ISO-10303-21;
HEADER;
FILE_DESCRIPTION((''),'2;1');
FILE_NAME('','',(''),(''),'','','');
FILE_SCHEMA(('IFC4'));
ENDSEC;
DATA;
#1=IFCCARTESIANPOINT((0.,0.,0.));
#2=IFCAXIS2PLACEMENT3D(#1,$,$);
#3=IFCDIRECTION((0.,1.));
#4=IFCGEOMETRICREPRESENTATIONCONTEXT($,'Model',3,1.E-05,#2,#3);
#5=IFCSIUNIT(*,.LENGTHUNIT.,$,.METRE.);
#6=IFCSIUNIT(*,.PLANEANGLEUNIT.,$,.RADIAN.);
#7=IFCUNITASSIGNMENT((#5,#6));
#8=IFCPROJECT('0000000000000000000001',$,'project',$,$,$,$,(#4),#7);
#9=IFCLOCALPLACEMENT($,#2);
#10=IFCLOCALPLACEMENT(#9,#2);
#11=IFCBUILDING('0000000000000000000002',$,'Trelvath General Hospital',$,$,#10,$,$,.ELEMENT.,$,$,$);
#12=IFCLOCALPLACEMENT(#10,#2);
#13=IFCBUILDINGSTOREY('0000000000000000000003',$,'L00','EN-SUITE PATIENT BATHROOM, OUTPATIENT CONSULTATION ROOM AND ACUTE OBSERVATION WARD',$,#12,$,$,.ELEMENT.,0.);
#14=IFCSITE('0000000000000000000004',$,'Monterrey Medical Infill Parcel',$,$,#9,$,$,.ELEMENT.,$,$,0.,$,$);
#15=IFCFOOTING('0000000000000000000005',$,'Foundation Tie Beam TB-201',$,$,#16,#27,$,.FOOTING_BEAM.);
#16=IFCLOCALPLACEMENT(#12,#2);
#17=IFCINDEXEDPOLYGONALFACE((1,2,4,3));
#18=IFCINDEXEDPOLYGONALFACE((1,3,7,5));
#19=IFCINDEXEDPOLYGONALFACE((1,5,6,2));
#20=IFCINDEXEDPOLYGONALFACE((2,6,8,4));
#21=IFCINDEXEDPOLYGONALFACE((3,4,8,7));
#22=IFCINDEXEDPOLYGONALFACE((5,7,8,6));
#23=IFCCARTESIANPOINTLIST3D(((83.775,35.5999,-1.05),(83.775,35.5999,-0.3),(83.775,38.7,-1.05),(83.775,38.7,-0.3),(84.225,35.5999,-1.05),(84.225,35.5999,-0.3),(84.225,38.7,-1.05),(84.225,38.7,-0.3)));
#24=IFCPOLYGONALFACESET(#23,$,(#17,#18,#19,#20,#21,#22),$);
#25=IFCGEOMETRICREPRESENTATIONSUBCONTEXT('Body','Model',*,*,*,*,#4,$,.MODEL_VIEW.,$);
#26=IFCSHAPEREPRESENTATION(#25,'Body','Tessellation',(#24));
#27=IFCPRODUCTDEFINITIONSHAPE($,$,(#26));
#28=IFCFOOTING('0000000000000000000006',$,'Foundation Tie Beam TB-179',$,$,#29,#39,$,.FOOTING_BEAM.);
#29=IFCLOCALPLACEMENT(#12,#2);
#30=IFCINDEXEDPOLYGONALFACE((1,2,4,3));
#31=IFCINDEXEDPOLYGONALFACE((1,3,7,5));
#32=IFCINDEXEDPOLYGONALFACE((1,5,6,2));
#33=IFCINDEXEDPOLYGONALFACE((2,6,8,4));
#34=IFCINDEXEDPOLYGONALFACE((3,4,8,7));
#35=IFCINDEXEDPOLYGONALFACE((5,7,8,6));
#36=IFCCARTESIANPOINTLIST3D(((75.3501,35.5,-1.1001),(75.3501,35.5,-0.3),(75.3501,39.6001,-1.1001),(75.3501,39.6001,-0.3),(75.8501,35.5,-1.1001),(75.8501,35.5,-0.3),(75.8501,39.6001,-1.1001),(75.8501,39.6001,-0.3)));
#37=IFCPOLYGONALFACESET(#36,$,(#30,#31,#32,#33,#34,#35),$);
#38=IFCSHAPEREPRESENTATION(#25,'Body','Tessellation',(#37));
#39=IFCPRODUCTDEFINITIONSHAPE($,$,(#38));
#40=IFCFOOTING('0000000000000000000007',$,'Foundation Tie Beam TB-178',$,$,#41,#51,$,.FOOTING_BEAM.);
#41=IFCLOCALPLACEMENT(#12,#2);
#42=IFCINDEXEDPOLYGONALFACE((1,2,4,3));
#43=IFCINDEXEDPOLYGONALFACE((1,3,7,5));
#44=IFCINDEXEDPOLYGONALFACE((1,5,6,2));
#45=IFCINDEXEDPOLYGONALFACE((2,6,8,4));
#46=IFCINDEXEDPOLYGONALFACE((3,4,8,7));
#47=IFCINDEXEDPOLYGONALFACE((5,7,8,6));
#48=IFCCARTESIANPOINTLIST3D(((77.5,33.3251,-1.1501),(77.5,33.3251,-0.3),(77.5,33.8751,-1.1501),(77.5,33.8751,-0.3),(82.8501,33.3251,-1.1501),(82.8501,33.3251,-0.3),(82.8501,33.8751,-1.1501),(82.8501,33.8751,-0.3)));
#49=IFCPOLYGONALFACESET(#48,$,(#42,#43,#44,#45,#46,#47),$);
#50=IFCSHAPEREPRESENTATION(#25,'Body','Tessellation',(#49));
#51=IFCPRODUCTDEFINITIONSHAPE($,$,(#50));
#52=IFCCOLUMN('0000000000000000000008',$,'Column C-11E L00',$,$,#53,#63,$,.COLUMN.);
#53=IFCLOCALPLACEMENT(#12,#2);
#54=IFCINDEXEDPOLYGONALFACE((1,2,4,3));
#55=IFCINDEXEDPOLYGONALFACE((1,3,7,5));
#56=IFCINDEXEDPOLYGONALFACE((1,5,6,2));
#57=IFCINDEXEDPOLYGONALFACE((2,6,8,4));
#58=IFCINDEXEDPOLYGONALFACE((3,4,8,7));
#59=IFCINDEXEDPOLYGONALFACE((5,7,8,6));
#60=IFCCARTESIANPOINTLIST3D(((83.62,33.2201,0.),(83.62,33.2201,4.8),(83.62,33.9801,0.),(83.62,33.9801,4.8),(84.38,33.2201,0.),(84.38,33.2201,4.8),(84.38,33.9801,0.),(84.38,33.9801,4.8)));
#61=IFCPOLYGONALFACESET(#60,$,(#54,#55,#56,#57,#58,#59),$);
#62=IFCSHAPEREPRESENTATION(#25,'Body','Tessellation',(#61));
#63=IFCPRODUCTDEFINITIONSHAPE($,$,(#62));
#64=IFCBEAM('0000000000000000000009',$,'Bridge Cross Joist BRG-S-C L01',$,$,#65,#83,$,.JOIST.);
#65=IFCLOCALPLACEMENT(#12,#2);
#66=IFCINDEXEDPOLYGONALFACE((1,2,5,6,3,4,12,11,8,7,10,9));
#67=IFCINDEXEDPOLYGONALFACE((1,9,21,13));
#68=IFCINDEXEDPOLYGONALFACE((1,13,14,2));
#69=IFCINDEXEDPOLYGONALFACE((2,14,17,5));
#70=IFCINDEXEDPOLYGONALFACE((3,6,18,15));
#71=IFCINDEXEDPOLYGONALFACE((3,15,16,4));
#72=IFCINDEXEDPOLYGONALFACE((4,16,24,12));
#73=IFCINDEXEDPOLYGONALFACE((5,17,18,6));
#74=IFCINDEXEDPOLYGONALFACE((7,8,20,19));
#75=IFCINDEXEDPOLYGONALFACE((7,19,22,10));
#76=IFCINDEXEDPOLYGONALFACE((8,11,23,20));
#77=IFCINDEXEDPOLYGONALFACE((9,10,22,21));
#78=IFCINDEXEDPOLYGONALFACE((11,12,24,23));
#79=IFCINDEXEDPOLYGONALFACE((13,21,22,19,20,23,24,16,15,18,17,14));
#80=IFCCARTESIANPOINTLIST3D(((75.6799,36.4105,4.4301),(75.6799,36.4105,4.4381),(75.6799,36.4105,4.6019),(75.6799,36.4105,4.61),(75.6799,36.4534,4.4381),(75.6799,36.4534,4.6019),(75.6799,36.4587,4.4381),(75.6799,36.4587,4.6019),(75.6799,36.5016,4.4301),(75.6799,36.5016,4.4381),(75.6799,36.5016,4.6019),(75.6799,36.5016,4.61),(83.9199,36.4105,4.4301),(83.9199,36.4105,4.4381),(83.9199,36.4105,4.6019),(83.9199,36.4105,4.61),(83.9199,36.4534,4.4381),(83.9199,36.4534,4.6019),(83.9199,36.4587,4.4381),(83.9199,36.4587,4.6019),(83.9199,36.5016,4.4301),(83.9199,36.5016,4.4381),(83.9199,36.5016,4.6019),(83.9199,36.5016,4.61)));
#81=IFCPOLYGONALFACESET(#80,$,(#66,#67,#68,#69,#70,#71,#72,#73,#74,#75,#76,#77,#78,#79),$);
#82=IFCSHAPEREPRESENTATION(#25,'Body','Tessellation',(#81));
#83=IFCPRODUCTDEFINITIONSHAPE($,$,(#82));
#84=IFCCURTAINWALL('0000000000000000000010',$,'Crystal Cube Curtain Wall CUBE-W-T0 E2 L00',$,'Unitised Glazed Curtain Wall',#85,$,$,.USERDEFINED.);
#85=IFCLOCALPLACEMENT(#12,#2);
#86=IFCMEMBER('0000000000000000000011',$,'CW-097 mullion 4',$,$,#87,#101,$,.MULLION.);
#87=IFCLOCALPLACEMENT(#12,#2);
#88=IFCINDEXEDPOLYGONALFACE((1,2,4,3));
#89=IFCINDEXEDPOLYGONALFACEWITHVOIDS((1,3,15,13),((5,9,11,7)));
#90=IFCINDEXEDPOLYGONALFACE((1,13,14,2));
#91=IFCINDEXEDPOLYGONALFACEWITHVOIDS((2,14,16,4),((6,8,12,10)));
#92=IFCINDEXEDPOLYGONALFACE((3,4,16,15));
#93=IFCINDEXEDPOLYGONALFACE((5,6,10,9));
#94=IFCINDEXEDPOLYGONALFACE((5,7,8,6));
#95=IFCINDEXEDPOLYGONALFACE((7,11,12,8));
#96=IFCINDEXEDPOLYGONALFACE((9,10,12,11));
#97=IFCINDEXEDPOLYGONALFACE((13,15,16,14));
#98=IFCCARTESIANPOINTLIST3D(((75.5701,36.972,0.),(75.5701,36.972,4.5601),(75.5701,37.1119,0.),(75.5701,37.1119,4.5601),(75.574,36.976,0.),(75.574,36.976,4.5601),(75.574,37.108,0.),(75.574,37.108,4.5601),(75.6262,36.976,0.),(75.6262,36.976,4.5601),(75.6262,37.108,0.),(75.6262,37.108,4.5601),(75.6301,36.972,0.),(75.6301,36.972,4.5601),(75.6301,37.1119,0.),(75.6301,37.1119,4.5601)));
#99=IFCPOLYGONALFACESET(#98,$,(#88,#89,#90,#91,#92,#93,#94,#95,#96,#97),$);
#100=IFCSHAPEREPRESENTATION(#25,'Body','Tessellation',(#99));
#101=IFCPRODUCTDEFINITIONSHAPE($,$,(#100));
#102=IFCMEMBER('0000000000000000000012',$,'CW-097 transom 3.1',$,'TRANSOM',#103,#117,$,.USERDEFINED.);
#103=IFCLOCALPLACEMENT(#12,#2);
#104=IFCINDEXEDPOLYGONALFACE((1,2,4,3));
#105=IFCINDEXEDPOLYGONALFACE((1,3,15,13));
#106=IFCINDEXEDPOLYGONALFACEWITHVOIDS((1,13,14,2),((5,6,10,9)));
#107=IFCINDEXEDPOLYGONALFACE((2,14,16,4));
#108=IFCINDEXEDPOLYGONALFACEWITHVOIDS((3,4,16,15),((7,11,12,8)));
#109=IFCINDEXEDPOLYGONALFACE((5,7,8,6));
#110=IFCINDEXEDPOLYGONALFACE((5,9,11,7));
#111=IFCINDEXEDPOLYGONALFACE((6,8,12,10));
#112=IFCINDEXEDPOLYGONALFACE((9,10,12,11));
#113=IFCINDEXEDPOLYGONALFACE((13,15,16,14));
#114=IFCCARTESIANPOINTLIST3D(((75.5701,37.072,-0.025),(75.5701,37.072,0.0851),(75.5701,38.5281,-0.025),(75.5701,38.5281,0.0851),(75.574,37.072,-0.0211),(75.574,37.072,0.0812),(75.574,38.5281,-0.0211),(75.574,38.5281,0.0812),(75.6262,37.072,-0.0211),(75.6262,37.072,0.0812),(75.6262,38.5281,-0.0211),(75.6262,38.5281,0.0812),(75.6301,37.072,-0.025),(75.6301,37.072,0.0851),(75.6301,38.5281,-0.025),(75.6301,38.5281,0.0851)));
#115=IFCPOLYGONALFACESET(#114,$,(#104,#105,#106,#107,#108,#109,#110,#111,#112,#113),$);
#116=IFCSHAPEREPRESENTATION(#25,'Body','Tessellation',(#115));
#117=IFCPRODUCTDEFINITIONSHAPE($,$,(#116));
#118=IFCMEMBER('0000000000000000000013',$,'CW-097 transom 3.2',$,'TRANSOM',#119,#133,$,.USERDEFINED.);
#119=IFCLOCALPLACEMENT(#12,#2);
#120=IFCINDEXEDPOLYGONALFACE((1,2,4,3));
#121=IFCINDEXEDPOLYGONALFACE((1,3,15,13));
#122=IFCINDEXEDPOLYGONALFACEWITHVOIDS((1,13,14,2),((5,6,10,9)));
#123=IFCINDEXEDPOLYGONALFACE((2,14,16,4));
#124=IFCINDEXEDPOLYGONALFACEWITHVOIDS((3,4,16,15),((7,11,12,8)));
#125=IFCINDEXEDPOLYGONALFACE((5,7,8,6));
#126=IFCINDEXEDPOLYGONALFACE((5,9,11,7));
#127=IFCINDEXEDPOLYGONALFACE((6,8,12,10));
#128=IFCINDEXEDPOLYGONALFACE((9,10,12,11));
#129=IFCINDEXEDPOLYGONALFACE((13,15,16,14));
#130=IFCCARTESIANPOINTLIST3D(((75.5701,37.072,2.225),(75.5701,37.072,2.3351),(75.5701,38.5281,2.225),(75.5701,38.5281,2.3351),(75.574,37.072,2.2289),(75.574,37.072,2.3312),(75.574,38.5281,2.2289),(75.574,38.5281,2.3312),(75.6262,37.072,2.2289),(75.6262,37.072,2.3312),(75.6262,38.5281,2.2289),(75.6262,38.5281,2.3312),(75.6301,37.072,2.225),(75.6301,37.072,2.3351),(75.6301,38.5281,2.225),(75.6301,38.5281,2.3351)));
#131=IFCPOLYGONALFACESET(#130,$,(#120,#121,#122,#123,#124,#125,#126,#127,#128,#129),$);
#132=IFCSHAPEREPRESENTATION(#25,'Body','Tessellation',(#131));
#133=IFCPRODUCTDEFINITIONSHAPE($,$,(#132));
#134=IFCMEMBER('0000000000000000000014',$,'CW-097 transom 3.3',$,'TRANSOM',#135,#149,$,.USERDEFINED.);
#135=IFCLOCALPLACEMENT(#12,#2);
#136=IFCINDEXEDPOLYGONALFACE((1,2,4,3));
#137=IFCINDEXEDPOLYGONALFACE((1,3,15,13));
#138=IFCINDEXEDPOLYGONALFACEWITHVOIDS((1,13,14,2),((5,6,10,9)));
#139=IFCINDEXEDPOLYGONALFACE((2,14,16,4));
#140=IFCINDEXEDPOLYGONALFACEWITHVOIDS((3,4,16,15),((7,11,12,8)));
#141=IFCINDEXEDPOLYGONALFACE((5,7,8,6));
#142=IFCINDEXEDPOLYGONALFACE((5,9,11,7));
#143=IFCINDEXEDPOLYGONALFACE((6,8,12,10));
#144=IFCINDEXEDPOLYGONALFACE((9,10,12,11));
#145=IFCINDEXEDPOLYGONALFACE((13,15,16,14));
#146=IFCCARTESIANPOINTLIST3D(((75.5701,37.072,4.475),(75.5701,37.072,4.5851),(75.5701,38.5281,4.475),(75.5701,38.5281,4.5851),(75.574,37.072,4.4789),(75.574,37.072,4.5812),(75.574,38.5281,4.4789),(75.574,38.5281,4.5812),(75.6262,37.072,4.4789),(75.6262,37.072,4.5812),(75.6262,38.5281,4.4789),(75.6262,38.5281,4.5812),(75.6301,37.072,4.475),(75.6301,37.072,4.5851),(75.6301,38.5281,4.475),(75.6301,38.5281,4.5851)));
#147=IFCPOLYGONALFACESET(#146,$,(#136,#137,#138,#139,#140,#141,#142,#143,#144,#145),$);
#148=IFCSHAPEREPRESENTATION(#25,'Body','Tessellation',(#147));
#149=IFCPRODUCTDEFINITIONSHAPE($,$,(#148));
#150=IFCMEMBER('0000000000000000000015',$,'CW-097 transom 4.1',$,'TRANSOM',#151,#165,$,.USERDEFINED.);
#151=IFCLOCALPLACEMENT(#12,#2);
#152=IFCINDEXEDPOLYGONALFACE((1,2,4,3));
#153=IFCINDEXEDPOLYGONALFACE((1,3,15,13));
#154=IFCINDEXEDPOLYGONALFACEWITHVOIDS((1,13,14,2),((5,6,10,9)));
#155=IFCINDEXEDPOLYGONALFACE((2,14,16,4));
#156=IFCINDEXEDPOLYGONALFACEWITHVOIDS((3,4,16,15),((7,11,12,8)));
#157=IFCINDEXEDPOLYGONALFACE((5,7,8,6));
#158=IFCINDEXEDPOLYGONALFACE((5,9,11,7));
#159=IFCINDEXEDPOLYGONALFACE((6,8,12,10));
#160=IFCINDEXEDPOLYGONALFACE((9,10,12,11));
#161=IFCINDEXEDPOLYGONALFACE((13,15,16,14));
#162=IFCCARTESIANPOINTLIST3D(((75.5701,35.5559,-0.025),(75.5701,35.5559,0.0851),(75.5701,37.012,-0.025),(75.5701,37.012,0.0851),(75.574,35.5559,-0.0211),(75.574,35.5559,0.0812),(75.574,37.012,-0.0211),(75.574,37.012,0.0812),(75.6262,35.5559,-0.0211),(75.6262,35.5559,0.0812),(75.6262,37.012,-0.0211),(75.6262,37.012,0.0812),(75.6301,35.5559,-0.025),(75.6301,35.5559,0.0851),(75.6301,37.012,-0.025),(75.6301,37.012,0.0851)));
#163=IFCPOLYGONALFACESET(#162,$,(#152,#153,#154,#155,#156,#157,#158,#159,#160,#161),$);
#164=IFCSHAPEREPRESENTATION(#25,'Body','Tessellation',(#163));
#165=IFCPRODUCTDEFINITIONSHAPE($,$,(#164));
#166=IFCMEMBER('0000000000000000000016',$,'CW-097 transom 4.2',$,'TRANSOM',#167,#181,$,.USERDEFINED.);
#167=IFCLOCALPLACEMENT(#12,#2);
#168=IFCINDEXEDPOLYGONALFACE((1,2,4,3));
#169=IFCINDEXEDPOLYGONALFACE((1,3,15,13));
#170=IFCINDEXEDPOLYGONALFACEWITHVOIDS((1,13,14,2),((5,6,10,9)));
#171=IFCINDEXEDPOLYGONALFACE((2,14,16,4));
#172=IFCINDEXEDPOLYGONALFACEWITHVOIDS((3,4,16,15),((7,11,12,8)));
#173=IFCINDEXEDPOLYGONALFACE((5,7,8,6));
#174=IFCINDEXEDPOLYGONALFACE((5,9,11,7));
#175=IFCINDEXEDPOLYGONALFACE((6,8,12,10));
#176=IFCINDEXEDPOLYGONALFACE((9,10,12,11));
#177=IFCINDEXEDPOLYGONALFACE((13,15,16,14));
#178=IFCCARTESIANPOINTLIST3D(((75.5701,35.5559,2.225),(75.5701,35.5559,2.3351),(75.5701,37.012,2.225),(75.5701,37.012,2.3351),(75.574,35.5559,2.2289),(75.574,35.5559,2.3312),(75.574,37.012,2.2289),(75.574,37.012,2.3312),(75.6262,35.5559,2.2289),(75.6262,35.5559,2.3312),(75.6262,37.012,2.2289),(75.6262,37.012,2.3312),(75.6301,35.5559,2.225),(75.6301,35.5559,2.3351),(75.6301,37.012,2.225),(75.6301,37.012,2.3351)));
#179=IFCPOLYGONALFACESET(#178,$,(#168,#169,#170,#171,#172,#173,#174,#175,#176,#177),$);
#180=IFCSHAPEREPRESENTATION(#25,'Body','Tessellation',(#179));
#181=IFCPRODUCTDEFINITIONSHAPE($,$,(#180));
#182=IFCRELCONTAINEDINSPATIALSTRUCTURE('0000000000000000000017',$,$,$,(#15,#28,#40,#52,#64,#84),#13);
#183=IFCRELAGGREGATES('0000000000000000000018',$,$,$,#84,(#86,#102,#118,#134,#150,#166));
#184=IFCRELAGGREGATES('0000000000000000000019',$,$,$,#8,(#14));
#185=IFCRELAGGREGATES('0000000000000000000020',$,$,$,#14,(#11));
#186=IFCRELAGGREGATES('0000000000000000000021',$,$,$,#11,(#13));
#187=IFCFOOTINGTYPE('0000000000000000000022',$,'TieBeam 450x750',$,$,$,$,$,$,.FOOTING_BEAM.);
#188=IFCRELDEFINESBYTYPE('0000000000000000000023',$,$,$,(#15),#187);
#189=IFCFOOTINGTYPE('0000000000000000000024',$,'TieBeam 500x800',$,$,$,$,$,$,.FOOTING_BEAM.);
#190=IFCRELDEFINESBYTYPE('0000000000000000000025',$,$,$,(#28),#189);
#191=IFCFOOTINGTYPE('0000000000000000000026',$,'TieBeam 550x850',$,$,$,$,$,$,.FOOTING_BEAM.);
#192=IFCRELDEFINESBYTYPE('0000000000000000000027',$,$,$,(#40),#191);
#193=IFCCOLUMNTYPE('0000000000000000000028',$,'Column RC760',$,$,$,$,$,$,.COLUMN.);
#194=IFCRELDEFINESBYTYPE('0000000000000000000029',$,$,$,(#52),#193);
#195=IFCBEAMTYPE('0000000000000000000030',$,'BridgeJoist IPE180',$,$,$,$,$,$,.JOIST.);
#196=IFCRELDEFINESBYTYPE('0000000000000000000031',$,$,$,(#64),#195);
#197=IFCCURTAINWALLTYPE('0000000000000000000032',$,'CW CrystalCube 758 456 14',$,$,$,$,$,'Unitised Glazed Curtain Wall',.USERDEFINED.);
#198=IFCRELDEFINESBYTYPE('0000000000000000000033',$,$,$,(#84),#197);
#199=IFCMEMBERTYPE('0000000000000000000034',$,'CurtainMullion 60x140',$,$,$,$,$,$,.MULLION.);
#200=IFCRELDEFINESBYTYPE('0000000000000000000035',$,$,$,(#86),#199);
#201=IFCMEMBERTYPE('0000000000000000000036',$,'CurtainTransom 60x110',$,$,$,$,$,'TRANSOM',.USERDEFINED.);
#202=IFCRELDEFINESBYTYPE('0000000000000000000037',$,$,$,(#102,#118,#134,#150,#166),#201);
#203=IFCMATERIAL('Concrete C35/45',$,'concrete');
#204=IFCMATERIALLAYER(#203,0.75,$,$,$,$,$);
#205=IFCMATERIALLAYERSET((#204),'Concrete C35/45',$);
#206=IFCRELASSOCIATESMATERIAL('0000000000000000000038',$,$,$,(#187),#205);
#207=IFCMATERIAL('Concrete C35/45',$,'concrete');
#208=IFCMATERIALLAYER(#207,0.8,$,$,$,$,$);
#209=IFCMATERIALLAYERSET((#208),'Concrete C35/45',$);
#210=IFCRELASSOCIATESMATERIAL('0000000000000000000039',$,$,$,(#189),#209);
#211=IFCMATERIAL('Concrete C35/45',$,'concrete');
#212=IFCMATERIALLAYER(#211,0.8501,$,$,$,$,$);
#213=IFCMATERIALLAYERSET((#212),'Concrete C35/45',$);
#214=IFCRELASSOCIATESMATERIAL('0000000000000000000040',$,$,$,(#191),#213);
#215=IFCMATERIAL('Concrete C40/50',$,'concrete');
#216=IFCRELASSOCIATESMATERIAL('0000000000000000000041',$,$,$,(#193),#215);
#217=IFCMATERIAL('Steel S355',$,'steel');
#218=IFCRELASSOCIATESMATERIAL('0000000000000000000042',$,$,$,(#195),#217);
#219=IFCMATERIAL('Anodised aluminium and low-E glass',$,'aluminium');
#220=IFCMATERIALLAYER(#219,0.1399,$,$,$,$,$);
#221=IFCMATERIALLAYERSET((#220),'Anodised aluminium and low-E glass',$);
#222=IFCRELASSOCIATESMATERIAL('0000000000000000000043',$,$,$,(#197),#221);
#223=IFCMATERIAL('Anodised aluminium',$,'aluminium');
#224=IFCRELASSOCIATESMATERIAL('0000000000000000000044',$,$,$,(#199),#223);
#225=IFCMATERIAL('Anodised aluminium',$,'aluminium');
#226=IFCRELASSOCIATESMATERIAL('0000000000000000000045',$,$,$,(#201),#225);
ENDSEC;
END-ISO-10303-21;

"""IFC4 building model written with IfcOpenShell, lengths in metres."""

from ifc_helpers import new_model, si_unit, direction, frame, origin, origin_2d, place, context, subcontext, project, spatial, rectangle, hollow_rectangle, i_section, extrude, material, layer, layer_set, material_profile, profile_set, type_object, element, aggregate, save


model = new_model("IFC4")

# Units and contexts
model_context = context("Model", 3, precision=1e-05, world=origin(), true_north=direction((0.0, 1.0)))
body_context = subcontext(model_context, "Body", "Model", "MODEL_VIEW")
ifc_project = project(units=[si_unit("LENGTHUNIT", "METRE"), si_unit("PLANEANGLEUNIT", "RADIAN")], contexts=[model_context])

# Site, building, storey
site_placement = place(None, origin())
site = spatial("IfcSite", under=ifc_project, at=site_placement, Name="Monterrey Medical Infill Parcel", CompositionType="ELEMENT", RefElevation=0.0)
building_placement = place(site_placement, origin())
building = spatial("IfcBuilding", under=site, at=building_placement, Name="Trelvath General Hospital", CompositionType="ELEMENT")
storey_placement = place(building_placement, origin())
storey = spatial("IfcBuildingStorey", under=building, at=storey_placement, Name="L00", Description="EN-SUITE PATIENT BATHROOM, OUTPATIENT CONSULTATION ROOM AND ACUTE OBSERVATION WARD", CompositionType="ELEMENT", Elevation=0.0)

# Footings
ifc_material_1 = material(Name="Concrete C35/45", Category="concrete")
ifc_layer_1 = layer(ifc_material_1, 0.75)
ifc_layer_set_1 = layer_set([ifc_layer_1], Name="Concrete C35/45")
footing_type_1 = type_object("IfcFootingType", Name="TieBeam 450x750", PredefinedType="FOOTING_BEAM", material=ifc_layer_set_1)
footing_1_placement = place(storey_placement, frame((84.0, 37.1499, -1.05), z_axis=(0.0, 0.0, 1.0), x_axis=(1.0, 0.0, 0.0)))
element("IfcFooting", 1, at=footing_1_placement, inside=storey, type_object=footing_type_1, Name="Foundation Tie Beam TB-201", PredefinedType="FOOTING_BEAM", context=body_context, shape_type="SweptSolid", body=[
    extrude(rectangle(XDim=0.45, YDim=3.1001, at=origin_2d()), origin(), (0.0, 0.0, 1.0), 0.75),
])
ifc_material_2 = material(Name="Concrete C35/45", Category="concrete")
ifc_layer_2 = layer(ifc_material_2, 0.8)
ifc_layer_set_2 = layer_set([ifc_layer_2], Name="Concrete C35/45")
footing_type_2 = type_object("IfcFootingType", Name="TieBeam 500x800", PredefinedType="FOOTING_BEAM", material=ifc_layer_set_2)
footing_2_placement = place(storey_placement, frame((75.6001, 37.55, -1.1001), z_axis=(0.0, 0.0, 1.0), x_axis=(1.0, 0.0, 0.0)))
element("IfcFooting", 2, at=footing_2_placement, inside=storey, type_object=footing_type_2, Name="Foundation Tie Beam TB-179", PredefinedType="FOOTING_BEAM", context=body_context, shape_type="SweptSolid", body=[
    extrude(rectangle(XDim=0.5, YDim=4.1001, at=origin_2d()), origin(), (0.0, 0.0, 1.0), 0.8),
])
ifc_material_3 = material(Name="Concrete C35/45", Category="concrete")
ifc_layer_3 = layer(ifc_material_3, 0.8501)
ifc_layer_set_3 = layer_set([ifc_layer_3], Name="Concrete C35/45")
footing_type_3 = type_object("IfcFootingType", Name="TieBeam 550x850", PredefinedType="FOOTING_BEAM", material=ifc_layer_set_3)
footing_3_placement = place(storey_placement, frame((80.175, 33.6001, -1.1501), z_axis=(0.0, 0.0, 1.0), x_axis=(1.0, 0.0, 0.0)))
element("IfcFooting", 3, at=footing_3_placement, inside=storey, type_object=footing_type_3, Name="Foundation Tie Beam TB-178", PredefinedType="FOOTING_BEAM", context=body_context, shape_type="SweptSolid", body=[
    extrude(rectangle(XDim=5.3501, YDim=0.55, at=origin_2d()), origin(), (0.0, 0.0, 1.0), 0.8501),
])

# Column
ifc_material_4 = material(Name="Concrete C40/50", Category="concrete")
ifc_material_profile_1 = material_profile(ifc_material_4, rectangle(XDim=0.76, YDim=0.76, at=origin_2d()), Name="RC760x760")
ifc_profile_set_1 = profile_set([ifc_material_profile_1], Name="Concrete C40/50")
column_type = type_object("IfcColumnType", Name="Column RC760", PredefinedType="COLUMN", material=ifc_profile_set_1)
column_placement = place(storey_placement, frame((84.0, 33.6001, 0.0), z_axis=(0.0, 0.0, 1.0), x_axis=(1.0, 0.0, 0.0)))
element("IfcColumn", 4, at=column_placement, inside=storey, type_object=column_type, Name="Column C-11E L00", PredefinedType="COLUMN", context=body_context, shape_type="SweptSolid", body=[
    extrude(rectangle(XDim=0.76, YDim=0.76, at=origin_2d()), origin(), (0.0, 0.0, 1.0), 4.8),
])

# Beam
ifc_material_5 = material(Name="Steel S355", Category="steel")
ifc_material_profile_2 = material_profile(ifc_material_5, i_section(OverallWidth=0.0911, OverallDepth=0.1799, WebThickness=0.0054, FlangeThickness=0.0081, at=origin_2d()), Name="IPE180")
ifc_profile_set_2 = profile_set([ifc_material_profile_2], Name="Steel S355")
beam_type = type_object("IfcBeamType", Name="BridgeJoist IPE180", PredefinedType="JOIST", material=ifc_profile_set_2)
beam_placement = place(storey_placement, frame((75.6799, 36.4561, 4.52), z_axis=(1.0, 0.0, 0.0), x_axis=(0.0, 1.0, 0.0)))
element("IfcBeam", 5, at=beam_placement, inside=storey, type_object=beam_type, Name="Bridge Cross Joist BRG-S-C L01", PredefinedType="JOIST", context=body_context, shape_type="SweptSolid", body=[
    extrude(i_section(OverallWidth=0.0911, OverallDepth=0.1799, WebThickness=0.0054, FlangeThickness=0.0081, at=origin_2d()), origin(), (0.0, 0.0, 1.0), 8.24),
])

# Curtain wall, members
ifc_material_6 = material(Name="Anodised aluminium and low-E glass", Category="aluminium")
ifc_layer_4 = layer(ifc_material_6, 0.1399)
ifc_layer_set_4 = layer_set([ifc_layer_4], Name="Anodised aluminium and low-E glass")
curtain_wall_type = type_object("IfcCurtainWallType", Name="CW CrystalCube 758 456 14", ElementType="Unitised Glazed Curtain Wall", PredefinedType="USERDEFINED", material=ifc_layer_set_4)
curtain_wall_placement = place(storey_placement, origin())
curtain_wall = element("IfcCurtainWall", 6, at=curtain_wall_placement, inside=storey, type_object=curtain_wall_type, Name="Crystal Cube Curtain Wall CUBE-W-T0 E2 L00", ObjectType="Unitised Glazed Curtain Wall", PredefinedType="USERDEFINED")
ifc_material_7 = material(Name="Anodised aluminium", Category="aluminium")
ifc_material_profile_3 = material_profile(ifc_material_7, hollow_rectangle(XDim=0.0601, YDim=0.1399, WallThickness=0.0039, at=origin_2d()), Name="RHS60x140x4")
ifc_profile_set_3 = profile_set([ifc_material_profile_3], Name="Anodised aluminium")
member_type_1 = type_object("IfcMemberType", Name="CurtainMullion 60x140", PredefinedType="MULLION", material=ifc_profile_set_3)
member_1_placement = place(storey_placement, frame((75.6001, 37.042, 0.0), z_axis=(0.0, 0.0, 1.0), x_axis=(1.0, 0.0, 0.0)))
member_1 = element("IfcMember", 7, at=member_1_placement, type_object=member_type_1, Name="CW-097 mullion 4", PredefinedType="MULLION", context=body_context, shape_type="SweptSolid", body=[
    extrude(hollow_rectangle(XDim=0.0601, YDim=0.1399, WallThickness=0.0039, at=origin_2d()), origin(), (0.0, 0.0, 1.0), 4.5601),
])
ifc_material_8 = material(Name="Anodised aluminium", Category="aluminium")
ifc_material_profile_4 = material_profile(ifc_material_8, hollow_rectangle(XDim=0.0601, YDim=0.1101, WallThickness=0.0039, at=origin_2d()), Name="RHS60x110x4")
ifc_profile_set_4 = profile_set([ifc_material_profile_4], Name="Anodised aluminium")
member_type_2 = type_object("IfcMemberType", Name="CurtainTransom 60x110", ElementType="TRANSOM", PredefinedType="USERDEFINED", material=ifc_profile_set_4)
member_2_placement = place(storey_placement, frame((75.6001, 38.5281, 0.03), z_axis=(0.0, -1.0, 0.0), x_axis=(1.0, 0.0, 0.0)))
member_2 = element("IfcMember", 8, at=member_2_placement, type_object=member_type_2, Name="CW-097 transom 3.1", ObjectType="TRANSOM", PredefinedType="USERDEFINED", context=body_context, shape_type="SweptSolid", body=[
    extrude(hollow_rectangle(XDim=0.0601, YDim=0.1101, WallThickness=0.0039, at=origin_2d()), origin(), (0.0, 0.0, 1.0), 1.4561),
])
member_3_placement = place(storey_placement, frame((75.6001, 38.5281, 2.28), z_axis=(0.0, -1.0, 0.0), x_axis=(1.0, 0.0, 0.0)))
member_3 = element("IfcMember", 9, at=member_3_placement, type_object=member_type_2, Name="CW-097 transom 3.2", ObjectType="TRANSOM", PredefinedType="USERDEFINED", context=body_context, shape_type="SweptSolid", body=[
    extrude(hollow_rectangle(XDim=0.0601, YDim=0.1101, WallThickness=0.0039, at=origin_2d()), origin(), (0.0, 0.0, 1.0), 1.4561),
])
member_4_placement = place(storey_placement, frame((75.6001, 38.5281, 4.53), z_axis=(0.0, -1.0, 0.0), x_axis=(1.0, 0.0, 0.0)))
member_4 = element("IfcMember", 10, at=member_4_placement, type_object=member_type_2, Name="CW-097 transom 3.3", ObjectType="TRANSOM", PredefinedType="USERDEFINED", context=body_context, shape_type="SweptSolid", body=[
    extrude(hollow_rectangle(XDim=0.0601, YDim=0.1101, WallThickness=0.0039, at=origin_2d()), origin(), (0.0, 0.0, 1.0), 1.4561),
])
member_5_placement = place(storey_placement, frame((75.6001, 37.012, 0.03), z_axis=(0.0, -1.0, 0.0), x_axis=(1.0, 0.0, 0.0)))
member_5 = element("IfcMember", 11, at=member_5_placement, type_object=member_type_2, Name="CW-097 transom 4.1", ObjectType="TRANSOM", PredefinedType="USERDEFINED", context=body_context, shape_type="SweptSolid", body=[
    extrude(hollow_rectangle(XDim=0.0601, YDim=0.1101, WallThickness=0.0039, at=origin_2d()), origin(), (0.0, 0.0, 1.0), 1.4561),
])
member_6_placement = place(storey_placement, frame((75.6001, 37.012, 2.28), z_axis=(0.0, -1.0, 0.0), x_axis=(1.0, 0.0, 0.0)))
member_6 = element("IfcMember", 12, at=member_6_placement, type_object=member_type_2, Name="CW-097 transom 4.2", ObjectType="TRANSOM", PredefinedType="USERDEFINED", context=body_context, shape_type="SweptSolid", body=[
    extrude(hollow_rectangle(XDim=0.0601, YDim=0.1101, WallThickness=0.0039, at=origin_2d()), origin(), (0.0, 0.0, 1.0), 1.4561),
])
aggregate(curtain_wall, [member_1, member_2, member_3, member_4, member_5, member_6])

save(model, "model.ifc")
